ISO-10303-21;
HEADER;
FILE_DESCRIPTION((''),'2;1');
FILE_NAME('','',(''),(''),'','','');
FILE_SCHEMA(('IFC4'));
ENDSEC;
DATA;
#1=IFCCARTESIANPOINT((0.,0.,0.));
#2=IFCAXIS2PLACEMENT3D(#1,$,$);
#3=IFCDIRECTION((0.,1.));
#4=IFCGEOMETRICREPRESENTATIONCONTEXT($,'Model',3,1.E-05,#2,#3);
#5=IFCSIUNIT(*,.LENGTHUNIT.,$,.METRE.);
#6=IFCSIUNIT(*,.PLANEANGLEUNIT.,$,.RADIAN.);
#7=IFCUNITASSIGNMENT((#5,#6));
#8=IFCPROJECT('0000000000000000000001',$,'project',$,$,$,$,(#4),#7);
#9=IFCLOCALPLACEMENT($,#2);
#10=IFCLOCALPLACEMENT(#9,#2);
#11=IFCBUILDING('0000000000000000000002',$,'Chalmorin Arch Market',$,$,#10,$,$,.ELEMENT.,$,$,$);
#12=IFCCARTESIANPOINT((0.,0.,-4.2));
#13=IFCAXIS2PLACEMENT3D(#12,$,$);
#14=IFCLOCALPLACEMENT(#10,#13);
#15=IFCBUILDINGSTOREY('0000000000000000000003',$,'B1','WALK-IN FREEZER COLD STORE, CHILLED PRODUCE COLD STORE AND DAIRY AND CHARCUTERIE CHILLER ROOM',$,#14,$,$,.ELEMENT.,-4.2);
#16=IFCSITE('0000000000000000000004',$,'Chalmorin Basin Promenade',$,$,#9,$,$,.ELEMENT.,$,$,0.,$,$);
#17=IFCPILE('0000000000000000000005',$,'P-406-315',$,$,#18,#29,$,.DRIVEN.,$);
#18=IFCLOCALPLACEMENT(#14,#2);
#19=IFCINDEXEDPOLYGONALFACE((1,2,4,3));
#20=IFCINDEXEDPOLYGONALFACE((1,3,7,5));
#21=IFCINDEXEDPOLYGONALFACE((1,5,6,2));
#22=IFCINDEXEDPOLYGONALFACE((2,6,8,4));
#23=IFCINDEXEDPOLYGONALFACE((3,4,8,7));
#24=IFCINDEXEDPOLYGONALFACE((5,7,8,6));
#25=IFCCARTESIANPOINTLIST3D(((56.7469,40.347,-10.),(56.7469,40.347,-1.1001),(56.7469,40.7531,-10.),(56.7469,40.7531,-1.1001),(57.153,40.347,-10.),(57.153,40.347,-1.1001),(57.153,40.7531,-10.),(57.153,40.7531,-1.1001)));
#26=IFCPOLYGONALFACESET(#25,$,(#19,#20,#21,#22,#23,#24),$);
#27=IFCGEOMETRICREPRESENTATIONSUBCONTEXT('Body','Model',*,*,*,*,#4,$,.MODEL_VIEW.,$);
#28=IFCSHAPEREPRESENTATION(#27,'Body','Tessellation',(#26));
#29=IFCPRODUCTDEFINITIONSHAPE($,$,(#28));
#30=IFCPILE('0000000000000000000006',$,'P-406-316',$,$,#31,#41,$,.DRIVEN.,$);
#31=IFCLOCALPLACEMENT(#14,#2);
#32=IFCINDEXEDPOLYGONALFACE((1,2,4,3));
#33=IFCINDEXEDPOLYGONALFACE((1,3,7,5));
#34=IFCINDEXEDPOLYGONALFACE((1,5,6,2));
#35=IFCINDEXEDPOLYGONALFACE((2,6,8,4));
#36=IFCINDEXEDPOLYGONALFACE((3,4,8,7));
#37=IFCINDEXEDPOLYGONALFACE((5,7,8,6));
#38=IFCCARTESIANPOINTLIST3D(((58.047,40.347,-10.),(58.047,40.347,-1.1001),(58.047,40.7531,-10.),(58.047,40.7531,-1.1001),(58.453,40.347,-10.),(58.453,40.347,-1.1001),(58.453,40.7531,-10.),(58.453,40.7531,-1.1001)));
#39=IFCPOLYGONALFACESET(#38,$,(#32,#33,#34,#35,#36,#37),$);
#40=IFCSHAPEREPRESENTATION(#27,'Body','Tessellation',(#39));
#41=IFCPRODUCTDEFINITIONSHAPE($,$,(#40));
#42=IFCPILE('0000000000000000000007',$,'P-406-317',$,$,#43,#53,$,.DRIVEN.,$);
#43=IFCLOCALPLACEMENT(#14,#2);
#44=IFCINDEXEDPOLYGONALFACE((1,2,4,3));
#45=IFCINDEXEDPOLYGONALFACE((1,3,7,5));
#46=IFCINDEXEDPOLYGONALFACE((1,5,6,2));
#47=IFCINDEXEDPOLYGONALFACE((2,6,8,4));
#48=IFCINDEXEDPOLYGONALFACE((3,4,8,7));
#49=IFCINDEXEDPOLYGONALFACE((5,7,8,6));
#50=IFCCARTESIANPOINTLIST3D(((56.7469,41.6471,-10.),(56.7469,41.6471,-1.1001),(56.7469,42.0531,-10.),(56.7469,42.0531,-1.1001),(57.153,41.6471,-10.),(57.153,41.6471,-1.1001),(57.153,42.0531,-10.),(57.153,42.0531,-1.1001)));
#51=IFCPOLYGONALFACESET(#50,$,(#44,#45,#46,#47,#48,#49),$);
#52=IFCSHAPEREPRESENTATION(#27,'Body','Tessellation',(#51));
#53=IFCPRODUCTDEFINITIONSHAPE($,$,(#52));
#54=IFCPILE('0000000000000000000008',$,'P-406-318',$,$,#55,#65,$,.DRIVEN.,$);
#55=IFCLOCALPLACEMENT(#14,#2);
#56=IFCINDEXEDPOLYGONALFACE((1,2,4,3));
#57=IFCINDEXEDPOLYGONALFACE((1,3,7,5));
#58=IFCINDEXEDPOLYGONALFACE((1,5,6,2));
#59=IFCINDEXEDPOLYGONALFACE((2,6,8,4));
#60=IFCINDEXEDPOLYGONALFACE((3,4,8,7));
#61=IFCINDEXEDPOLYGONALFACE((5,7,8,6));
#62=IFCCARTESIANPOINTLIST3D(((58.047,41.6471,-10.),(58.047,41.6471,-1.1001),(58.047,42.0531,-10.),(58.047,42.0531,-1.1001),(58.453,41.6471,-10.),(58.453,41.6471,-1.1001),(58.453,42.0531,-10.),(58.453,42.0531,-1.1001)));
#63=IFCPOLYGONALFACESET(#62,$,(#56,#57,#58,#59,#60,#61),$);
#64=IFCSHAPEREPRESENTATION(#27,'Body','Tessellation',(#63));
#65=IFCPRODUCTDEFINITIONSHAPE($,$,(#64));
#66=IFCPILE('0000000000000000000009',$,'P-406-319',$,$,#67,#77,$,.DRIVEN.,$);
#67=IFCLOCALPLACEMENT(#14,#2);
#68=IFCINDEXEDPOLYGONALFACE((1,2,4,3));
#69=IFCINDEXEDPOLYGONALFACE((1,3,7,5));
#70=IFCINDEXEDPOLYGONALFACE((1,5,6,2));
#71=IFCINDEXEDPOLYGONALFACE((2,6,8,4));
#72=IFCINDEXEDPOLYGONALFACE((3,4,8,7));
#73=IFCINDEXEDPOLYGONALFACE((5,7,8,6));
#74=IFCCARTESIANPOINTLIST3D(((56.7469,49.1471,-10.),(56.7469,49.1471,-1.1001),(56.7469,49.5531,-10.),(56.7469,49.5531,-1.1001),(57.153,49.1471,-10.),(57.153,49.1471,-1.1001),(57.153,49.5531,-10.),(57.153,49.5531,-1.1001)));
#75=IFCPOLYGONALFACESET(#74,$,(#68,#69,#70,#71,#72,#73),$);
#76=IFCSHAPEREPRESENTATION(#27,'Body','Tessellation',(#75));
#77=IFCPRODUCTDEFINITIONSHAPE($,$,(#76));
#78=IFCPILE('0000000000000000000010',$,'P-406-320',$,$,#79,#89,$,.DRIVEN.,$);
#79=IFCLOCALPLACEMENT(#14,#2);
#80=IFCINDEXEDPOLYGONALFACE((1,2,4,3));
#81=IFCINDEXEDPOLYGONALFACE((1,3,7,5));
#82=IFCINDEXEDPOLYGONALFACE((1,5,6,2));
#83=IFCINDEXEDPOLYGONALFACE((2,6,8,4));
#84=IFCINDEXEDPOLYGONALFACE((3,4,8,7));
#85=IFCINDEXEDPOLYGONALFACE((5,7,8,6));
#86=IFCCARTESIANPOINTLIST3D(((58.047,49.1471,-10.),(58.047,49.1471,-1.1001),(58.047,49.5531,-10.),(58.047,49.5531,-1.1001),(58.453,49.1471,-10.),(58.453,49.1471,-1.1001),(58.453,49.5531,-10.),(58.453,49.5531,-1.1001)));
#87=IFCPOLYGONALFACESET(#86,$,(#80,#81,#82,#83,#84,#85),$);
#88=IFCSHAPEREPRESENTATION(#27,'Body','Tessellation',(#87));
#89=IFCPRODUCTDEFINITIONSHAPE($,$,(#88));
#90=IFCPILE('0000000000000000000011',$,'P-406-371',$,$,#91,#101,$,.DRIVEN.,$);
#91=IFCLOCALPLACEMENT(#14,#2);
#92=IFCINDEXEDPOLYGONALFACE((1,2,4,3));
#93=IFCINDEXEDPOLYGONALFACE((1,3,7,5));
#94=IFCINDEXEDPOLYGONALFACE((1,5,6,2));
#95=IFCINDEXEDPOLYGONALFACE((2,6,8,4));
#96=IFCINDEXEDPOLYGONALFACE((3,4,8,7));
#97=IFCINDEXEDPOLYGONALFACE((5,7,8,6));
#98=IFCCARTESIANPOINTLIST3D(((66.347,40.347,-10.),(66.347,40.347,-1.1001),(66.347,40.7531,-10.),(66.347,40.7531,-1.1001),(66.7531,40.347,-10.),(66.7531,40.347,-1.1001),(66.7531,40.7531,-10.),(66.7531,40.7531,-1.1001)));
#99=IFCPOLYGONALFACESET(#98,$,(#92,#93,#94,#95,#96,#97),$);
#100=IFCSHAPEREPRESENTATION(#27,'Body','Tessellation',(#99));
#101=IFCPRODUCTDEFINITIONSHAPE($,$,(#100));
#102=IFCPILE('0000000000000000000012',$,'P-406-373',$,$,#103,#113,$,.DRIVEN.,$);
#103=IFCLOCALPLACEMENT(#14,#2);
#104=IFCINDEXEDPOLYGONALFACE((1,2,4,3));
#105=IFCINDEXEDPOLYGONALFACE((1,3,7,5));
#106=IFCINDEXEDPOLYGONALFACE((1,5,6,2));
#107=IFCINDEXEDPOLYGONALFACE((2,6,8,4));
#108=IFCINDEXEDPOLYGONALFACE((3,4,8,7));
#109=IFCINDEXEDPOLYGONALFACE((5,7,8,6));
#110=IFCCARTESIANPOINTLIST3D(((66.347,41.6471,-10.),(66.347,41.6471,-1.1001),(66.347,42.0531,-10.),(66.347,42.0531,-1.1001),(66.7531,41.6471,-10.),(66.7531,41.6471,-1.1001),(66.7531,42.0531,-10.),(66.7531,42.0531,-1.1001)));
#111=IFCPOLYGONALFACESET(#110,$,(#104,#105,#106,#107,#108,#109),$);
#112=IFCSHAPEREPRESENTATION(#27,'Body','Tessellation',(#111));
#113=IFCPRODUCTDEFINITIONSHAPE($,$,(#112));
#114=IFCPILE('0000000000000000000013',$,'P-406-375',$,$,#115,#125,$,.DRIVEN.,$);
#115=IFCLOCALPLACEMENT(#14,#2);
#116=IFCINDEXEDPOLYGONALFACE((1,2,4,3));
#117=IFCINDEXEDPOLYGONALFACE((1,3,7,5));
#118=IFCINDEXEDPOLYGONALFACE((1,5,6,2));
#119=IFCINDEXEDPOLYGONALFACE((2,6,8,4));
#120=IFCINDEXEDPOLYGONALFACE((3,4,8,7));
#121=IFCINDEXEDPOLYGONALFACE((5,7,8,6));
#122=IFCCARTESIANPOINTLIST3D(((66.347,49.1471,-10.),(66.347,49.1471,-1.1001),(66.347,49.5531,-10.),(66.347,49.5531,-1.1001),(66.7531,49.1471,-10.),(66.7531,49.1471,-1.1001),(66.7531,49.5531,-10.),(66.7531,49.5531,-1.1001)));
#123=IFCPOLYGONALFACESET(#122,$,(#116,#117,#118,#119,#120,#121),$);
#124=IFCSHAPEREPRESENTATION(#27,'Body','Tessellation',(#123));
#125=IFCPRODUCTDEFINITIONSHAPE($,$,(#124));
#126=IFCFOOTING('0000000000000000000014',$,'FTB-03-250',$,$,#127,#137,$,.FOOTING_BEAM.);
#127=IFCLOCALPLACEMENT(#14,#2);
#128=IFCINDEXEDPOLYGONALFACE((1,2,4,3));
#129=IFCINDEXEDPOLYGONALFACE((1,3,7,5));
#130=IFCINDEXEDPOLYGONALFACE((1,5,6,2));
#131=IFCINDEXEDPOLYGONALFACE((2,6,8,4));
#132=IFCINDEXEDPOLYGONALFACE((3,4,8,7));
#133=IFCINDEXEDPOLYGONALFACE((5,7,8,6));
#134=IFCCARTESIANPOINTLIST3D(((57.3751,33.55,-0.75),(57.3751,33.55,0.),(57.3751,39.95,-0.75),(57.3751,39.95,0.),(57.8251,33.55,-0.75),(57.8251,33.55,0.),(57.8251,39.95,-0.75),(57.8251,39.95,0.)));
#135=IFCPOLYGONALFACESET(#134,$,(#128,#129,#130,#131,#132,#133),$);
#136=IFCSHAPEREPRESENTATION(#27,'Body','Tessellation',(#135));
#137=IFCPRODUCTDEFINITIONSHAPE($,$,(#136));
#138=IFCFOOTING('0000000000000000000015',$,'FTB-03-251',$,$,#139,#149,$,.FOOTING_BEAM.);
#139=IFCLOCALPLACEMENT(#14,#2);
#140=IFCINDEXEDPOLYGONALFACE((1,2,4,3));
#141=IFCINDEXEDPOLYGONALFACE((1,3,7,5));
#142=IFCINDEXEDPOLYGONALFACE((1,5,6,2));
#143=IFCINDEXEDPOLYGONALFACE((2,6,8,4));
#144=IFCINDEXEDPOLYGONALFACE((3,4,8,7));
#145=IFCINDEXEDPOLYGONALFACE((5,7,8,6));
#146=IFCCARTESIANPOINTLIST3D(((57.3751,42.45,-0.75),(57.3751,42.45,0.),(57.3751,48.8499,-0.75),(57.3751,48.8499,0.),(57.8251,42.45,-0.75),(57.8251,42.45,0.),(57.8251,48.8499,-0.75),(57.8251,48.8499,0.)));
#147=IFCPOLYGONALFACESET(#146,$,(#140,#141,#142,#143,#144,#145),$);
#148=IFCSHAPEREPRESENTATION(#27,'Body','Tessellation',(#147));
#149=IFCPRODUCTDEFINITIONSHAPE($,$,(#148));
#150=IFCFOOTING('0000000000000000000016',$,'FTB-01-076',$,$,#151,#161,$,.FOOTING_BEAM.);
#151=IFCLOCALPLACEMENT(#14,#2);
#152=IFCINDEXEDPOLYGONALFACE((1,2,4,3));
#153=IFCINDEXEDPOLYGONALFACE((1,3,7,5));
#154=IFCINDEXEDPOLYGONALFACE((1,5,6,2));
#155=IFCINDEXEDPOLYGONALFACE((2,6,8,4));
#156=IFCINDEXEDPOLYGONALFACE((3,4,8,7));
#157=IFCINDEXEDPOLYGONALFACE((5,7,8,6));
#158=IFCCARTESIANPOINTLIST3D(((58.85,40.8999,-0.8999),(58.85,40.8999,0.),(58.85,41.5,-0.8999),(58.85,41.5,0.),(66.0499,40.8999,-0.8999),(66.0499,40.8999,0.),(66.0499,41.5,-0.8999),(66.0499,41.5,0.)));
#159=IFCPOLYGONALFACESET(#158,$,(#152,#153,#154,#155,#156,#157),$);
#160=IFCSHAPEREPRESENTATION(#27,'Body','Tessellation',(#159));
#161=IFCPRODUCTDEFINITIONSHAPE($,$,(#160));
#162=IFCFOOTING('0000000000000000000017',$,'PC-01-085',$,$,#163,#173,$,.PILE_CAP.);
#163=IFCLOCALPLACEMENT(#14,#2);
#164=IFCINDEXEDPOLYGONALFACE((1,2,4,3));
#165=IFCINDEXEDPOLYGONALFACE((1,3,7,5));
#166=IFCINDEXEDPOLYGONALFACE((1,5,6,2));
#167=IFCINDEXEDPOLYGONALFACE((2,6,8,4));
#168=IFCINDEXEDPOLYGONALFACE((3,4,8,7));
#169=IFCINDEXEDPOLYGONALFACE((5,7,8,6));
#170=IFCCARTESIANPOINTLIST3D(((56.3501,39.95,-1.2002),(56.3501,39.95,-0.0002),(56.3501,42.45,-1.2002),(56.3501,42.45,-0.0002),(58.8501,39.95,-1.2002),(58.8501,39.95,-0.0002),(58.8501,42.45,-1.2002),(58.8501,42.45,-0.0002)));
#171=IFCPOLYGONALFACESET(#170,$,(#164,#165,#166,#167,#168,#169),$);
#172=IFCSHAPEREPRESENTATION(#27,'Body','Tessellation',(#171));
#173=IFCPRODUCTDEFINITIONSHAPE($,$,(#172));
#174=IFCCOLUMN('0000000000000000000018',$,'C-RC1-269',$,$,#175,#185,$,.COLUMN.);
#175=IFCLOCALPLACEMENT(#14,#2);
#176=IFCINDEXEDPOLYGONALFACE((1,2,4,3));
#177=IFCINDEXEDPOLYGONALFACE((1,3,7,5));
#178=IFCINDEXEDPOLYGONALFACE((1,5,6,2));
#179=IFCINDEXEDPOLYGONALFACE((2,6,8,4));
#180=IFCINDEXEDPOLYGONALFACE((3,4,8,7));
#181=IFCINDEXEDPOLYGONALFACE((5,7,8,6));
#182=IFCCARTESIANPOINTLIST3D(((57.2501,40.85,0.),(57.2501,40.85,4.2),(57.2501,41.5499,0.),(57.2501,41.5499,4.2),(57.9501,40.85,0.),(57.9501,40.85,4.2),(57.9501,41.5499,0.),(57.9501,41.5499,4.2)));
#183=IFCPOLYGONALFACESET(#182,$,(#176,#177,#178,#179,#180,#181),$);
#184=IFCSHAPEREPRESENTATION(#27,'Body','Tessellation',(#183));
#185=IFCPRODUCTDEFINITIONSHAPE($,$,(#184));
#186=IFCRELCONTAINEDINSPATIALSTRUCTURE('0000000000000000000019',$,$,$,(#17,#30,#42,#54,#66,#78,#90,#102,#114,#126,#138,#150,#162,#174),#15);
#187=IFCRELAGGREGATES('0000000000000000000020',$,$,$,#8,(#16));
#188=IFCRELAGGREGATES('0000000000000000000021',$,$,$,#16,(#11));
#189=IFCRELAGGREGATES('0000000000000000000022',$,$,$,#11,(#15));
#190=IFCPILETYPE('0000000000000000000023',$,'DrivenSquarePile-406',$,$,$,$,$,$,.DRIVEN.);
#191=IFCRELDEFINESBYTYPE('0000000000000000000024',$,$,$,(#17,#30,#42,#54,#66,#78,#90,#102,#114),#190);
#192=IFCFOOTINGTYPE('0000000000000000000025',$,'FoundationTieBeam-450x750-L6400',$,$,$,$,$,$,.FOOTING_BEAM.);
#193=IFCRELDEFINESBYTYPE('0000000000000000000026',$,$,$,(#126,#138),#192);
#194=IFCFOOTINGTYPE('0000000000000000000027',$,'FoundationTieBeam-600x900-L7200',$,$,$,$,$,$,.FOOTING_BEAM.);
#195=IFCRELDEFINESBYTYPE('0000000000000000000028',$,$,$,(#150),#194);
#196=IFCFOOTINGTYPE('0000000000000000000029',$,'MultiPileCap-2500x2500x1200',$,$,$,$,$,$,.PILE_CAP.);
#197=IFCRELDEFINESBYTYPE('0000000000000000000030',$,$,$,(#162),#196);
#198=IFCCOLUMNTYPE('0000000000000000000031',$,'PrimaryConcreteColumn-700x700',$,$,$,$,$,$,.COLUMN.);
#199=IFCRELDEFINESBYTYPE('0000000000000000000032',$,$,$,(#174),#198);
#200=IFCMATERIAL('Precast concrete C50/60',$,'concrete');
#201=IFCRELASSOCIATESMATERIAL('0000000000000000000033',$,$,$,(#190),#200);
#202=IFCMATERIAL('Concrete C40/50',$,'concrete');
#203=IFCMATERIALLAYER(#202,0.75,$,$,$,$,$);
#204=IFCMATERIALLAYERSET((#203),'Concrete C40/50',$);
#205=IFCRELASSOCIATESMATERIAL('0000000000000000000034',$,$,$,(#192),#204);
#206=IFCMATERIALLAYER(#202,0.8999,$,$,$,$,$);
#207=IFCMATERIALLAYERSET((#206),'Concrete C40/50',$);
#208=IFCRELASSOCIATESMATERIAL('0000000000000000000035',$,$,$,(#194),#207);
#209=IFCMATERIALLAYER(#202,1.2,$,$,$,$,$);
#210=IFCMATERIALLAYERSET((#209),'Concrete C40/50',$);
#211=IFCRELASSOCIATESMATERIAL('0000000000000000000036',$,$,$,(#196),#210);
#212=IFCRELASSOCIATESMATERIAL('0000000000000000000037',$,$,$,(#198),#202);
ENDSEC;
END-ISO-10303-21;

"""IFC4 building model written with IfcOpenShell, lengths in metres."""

from ifc_helpers import new_model, si_unit, direction, frame, origin, origin_2d, place, context, subcontext, project, spatial, rectangle, extrude, material, layer, layer_set, material_profile, profile_set, type_object, element, save


model = new_model("IFC4")

# Units and contexts
model_context = context("Model", 3, precision=1e-05, world=origin(), true_north=direction((0.0, 1.0)))
body_context = subcontext(model_context, "Body", "Model", "MODEL_VIEW")
ifc_project = project(units=[si_unit("LENGTHUNIT", "METRE"), si_unit("PLANEANGLEUNIT", "RADIAN")], contexts=[model_context])

# Site, building, storey
site_placement = place(None, origin())
site = spatial("IfcSite", under=ifc_project, at=site_placement, Name="Chalmorin Basin Promenade", CompositionType="ELEMENT", RefElevation=0.0)
building_placement = place(site_placement, origin())
building = spatial("IfcBuilding", under=site, at=building_placement, Name="Chalmorin Arch Market", CompositionType="ELEMENT")
storey_placement = place(building_placement, frame((0.0, 0.0, -4.2)))
storey = spatial("IfcBuildingStorey", under=building, at=storey_placement, Name="B1", Description="WALK-IN FREEZER COLD STORE, CHILLED PRODUCE COLD STORE AND DAIRY AND CHARCUTERIE CHILLER ROOM", CompositionType="ELEMENT", Elevation=-4.2)

# Piles
ifc_material_1 = material(Name="Precast concrete C50/60", Category="concrete")
ifc_material_profile_1 = material_profile(ifc_material_1, rectangle(XDim=0.406, YDim=0.406, at=origin_2d()), Name="PPC406")
ifc_profile_set_1 = profile_set([ifc_material_profile_1], Name="Precast concrete C50/60")
pile_type = type_object("IfcPileType", Name="DrivenSquarePile-406", PredefinedType="DRIVEN", material=ifc_profile_set_1)
for number, where, z_axis, x_axis, name in (
    (1, (56.95, 40.55, -1.1001), (0.0, 0.0, -1.0), (1.0, 0.0, 0.0), "P-406-315"),
    (2, (58.25, 40.55, -1.1001), (0.0, 0.0, -1.0), (1.0, 0.0, 0.0), "P-406-316"),
    (3, (56.95, 41.8501, -1.1001), (0.0, 0.0, -1.0), (1.0, 0.0, 0.0), "P-406-317"),
    (4, (58.25, 41.8501, -1.1001), (0.0, 0.0, -1.0), (1.0, 0.0, 0.0), "P-406-318"),
    (5, (56.95, 49.3501, -1.1001), (0.0, 0.0, -1.0), (1.0, 0.0, 0.0), "P-406-319"),
    (6, (58.25, 49.3501, -1.1001), (0.0, 0.0, -1.0), (1.0, 0.0, 0.0), "P-406-320"),
    (7, (66.55, 40.55, -1.1001), (0.0, 0.0, -1.0), (1.0, 0.0, 0.0), "P-406-371"),
    (8, (66.55, 41.8501, -1.1001), (0.0, 0.0, -1.0), (1.0, 0.0, 0.0), "P-406-373"),
    (9, (66.55, 49.3501, -1.1001), (0.0, 0.0, -1.0), (1.0, 0.0, 0.0), "P-406-375"),
):
    element("IfcPile", number, at=place(storey_placement, frame(where, z_axis=z_axis, x_axis=x_axis)), inside=storey, type_object=pile_type, Name=name, PredefinedType="DRIVEN", context=body_context, shape_type="SweptSolid", body=[
        extrude(rectangle(XDim=0.406, YDim=0.406, at=origin_2d()), origin(), (0.0, 0.0, 1.0), 8.8999),
    ])

# Footings
ifc_material_2 = material(Name="Concrete C40/50", Category="concrete")
ifc_layer_1 = layer(ifc_material_2, 0.75)
ifc_layer_set_1 = layer_set([ifc_layer_1], Name="Concrete C40/50")
footing_type_1 = type_object("IfcFootingType", Name="FoundationTieBeam-450x750-L6400", PredefinedType="FOOTING_BEAM", material=ifc_layer_set_1)
for number, where, z_axis, x_axis, name in (
    (10, (57.6001, 36.75, -0.75), (0.0, 0.0, 1.0), (0.0, 1.0, 0.0), "FTB-03-250"),
    (11, (57.6001, 45.6499, -0.75), (0.0, 0.0, 1.0), (0.0, 1.0, 0.0), "FTB-03-251"),
):
    element("IfcFooting", number, at=place(storey_placement, frame(where, z_axis=z_axis, x_axis=x_axis)), inside=storey, type_object=footing_type_1, Name=name, PredefinedType="FOOTING_BEAM", context=body_context, shape_type="SweptSolid", body=[
        extrude(rectangle(XDim=6.3999, YDim=0.45, at=origin_2d()), origin(), (0.0, 0.0, 1.0), 0.75),
    ])
ifc_layer_2 = layer(ifc_material_2, 0.8999)
ifc_layer_set_2 = layer_set([ifc_layer_2], Name="Concrete C40/50")
footing_type_2 = type_object("IfcFootingType", Name="FoundationTieBeam-600x900-L7200", PredefinedType="FOOTING_BEAM", material=ifc_layer_set_2)
footing_1_placement = place(storey_placement, frame((62.45, 41.2, -0.8999), z_axis=(0.0, 0.0, 1.0), x_axis=(1.0, 0.0, 0.0)))
element("IfcFooting", 12, at=footing_1_placement, inside=storey, type_object=footing_type_2, Name="FTB-01-076", PredefinedType="FOOTING_BEAM", context=body_context, shape_type="SweptSolid", body=[
    extrude(rectangle(XDim=7.2, YDim=0.6001, at=origin_2d()), origin(), (0.0, 0.0, 1.0), 0.8999),
])
ifc_layer_3 = layer(ifc_material_2, 1.2)
ifc_layer_set_3 = layer_set([ifc_layer_3], Name="Concrete C40/50")
footing_type_3 = type_object("IfcFootingType", Name="MultiPileCap-2500x2500x1200", PredefinedType="PILE_CAP", material=ifc_layer_set_3)
footing_2_placement = place(storey_placement, frame((57.6001, 41.2, -1.2002), z_axis=(0.0, 0.0, 1.0), x_axis=(1.0, 0.0, 0.0)))
element("IfcFooting", 13, at=footing_2_placement, inside=storey, type_object=footing_type_3, Name="PC-01-085", PredefinedType="PILE_CAP", context=body_context, shape_type="SweptSolid", body=[
    extrude(rectangle(XDim=2.5, YDim=2.5, at=origin_2d()), origin(), (0.0, 0.0, 1.0), 1.2),
])

# Column
ifc_material_profile_2 = material_profile(ifc_material_2, rectangle(XDim=0.7, YDim=0.7, at=origin_2d()), Name="RC700X700")
ifc_profile_set_2 = profile_set([ifc_material_profile_2], Name="Concrete C40/50")
column_type = type_object("IfcColumnType", Name="PrimaryConcreteColumn-700x700", PredefinedType="COLUMN", material=ifc_profile_set_2)
column_placement = place(storey_placement, frame((57.6001, 41.2, 0.0), z_axis=(0.0, 0.0, 1.0), x_axis=(1.0, 0.0, 0.0)))
element("IfcColumn", 14, at=column_placement, inside=storey, type_object=column_type, Name="C-RC1-269", PredefinedType="COLUMN", context=body_context, shape_type="SweptSolid", body=[
    extrude(rectangle(XDim=0.7, YDim=0.7, at=origin_2d()), origin(), (0.0, 0.0, 1.0), 4.2),
])

save(model, "model.ifc")
